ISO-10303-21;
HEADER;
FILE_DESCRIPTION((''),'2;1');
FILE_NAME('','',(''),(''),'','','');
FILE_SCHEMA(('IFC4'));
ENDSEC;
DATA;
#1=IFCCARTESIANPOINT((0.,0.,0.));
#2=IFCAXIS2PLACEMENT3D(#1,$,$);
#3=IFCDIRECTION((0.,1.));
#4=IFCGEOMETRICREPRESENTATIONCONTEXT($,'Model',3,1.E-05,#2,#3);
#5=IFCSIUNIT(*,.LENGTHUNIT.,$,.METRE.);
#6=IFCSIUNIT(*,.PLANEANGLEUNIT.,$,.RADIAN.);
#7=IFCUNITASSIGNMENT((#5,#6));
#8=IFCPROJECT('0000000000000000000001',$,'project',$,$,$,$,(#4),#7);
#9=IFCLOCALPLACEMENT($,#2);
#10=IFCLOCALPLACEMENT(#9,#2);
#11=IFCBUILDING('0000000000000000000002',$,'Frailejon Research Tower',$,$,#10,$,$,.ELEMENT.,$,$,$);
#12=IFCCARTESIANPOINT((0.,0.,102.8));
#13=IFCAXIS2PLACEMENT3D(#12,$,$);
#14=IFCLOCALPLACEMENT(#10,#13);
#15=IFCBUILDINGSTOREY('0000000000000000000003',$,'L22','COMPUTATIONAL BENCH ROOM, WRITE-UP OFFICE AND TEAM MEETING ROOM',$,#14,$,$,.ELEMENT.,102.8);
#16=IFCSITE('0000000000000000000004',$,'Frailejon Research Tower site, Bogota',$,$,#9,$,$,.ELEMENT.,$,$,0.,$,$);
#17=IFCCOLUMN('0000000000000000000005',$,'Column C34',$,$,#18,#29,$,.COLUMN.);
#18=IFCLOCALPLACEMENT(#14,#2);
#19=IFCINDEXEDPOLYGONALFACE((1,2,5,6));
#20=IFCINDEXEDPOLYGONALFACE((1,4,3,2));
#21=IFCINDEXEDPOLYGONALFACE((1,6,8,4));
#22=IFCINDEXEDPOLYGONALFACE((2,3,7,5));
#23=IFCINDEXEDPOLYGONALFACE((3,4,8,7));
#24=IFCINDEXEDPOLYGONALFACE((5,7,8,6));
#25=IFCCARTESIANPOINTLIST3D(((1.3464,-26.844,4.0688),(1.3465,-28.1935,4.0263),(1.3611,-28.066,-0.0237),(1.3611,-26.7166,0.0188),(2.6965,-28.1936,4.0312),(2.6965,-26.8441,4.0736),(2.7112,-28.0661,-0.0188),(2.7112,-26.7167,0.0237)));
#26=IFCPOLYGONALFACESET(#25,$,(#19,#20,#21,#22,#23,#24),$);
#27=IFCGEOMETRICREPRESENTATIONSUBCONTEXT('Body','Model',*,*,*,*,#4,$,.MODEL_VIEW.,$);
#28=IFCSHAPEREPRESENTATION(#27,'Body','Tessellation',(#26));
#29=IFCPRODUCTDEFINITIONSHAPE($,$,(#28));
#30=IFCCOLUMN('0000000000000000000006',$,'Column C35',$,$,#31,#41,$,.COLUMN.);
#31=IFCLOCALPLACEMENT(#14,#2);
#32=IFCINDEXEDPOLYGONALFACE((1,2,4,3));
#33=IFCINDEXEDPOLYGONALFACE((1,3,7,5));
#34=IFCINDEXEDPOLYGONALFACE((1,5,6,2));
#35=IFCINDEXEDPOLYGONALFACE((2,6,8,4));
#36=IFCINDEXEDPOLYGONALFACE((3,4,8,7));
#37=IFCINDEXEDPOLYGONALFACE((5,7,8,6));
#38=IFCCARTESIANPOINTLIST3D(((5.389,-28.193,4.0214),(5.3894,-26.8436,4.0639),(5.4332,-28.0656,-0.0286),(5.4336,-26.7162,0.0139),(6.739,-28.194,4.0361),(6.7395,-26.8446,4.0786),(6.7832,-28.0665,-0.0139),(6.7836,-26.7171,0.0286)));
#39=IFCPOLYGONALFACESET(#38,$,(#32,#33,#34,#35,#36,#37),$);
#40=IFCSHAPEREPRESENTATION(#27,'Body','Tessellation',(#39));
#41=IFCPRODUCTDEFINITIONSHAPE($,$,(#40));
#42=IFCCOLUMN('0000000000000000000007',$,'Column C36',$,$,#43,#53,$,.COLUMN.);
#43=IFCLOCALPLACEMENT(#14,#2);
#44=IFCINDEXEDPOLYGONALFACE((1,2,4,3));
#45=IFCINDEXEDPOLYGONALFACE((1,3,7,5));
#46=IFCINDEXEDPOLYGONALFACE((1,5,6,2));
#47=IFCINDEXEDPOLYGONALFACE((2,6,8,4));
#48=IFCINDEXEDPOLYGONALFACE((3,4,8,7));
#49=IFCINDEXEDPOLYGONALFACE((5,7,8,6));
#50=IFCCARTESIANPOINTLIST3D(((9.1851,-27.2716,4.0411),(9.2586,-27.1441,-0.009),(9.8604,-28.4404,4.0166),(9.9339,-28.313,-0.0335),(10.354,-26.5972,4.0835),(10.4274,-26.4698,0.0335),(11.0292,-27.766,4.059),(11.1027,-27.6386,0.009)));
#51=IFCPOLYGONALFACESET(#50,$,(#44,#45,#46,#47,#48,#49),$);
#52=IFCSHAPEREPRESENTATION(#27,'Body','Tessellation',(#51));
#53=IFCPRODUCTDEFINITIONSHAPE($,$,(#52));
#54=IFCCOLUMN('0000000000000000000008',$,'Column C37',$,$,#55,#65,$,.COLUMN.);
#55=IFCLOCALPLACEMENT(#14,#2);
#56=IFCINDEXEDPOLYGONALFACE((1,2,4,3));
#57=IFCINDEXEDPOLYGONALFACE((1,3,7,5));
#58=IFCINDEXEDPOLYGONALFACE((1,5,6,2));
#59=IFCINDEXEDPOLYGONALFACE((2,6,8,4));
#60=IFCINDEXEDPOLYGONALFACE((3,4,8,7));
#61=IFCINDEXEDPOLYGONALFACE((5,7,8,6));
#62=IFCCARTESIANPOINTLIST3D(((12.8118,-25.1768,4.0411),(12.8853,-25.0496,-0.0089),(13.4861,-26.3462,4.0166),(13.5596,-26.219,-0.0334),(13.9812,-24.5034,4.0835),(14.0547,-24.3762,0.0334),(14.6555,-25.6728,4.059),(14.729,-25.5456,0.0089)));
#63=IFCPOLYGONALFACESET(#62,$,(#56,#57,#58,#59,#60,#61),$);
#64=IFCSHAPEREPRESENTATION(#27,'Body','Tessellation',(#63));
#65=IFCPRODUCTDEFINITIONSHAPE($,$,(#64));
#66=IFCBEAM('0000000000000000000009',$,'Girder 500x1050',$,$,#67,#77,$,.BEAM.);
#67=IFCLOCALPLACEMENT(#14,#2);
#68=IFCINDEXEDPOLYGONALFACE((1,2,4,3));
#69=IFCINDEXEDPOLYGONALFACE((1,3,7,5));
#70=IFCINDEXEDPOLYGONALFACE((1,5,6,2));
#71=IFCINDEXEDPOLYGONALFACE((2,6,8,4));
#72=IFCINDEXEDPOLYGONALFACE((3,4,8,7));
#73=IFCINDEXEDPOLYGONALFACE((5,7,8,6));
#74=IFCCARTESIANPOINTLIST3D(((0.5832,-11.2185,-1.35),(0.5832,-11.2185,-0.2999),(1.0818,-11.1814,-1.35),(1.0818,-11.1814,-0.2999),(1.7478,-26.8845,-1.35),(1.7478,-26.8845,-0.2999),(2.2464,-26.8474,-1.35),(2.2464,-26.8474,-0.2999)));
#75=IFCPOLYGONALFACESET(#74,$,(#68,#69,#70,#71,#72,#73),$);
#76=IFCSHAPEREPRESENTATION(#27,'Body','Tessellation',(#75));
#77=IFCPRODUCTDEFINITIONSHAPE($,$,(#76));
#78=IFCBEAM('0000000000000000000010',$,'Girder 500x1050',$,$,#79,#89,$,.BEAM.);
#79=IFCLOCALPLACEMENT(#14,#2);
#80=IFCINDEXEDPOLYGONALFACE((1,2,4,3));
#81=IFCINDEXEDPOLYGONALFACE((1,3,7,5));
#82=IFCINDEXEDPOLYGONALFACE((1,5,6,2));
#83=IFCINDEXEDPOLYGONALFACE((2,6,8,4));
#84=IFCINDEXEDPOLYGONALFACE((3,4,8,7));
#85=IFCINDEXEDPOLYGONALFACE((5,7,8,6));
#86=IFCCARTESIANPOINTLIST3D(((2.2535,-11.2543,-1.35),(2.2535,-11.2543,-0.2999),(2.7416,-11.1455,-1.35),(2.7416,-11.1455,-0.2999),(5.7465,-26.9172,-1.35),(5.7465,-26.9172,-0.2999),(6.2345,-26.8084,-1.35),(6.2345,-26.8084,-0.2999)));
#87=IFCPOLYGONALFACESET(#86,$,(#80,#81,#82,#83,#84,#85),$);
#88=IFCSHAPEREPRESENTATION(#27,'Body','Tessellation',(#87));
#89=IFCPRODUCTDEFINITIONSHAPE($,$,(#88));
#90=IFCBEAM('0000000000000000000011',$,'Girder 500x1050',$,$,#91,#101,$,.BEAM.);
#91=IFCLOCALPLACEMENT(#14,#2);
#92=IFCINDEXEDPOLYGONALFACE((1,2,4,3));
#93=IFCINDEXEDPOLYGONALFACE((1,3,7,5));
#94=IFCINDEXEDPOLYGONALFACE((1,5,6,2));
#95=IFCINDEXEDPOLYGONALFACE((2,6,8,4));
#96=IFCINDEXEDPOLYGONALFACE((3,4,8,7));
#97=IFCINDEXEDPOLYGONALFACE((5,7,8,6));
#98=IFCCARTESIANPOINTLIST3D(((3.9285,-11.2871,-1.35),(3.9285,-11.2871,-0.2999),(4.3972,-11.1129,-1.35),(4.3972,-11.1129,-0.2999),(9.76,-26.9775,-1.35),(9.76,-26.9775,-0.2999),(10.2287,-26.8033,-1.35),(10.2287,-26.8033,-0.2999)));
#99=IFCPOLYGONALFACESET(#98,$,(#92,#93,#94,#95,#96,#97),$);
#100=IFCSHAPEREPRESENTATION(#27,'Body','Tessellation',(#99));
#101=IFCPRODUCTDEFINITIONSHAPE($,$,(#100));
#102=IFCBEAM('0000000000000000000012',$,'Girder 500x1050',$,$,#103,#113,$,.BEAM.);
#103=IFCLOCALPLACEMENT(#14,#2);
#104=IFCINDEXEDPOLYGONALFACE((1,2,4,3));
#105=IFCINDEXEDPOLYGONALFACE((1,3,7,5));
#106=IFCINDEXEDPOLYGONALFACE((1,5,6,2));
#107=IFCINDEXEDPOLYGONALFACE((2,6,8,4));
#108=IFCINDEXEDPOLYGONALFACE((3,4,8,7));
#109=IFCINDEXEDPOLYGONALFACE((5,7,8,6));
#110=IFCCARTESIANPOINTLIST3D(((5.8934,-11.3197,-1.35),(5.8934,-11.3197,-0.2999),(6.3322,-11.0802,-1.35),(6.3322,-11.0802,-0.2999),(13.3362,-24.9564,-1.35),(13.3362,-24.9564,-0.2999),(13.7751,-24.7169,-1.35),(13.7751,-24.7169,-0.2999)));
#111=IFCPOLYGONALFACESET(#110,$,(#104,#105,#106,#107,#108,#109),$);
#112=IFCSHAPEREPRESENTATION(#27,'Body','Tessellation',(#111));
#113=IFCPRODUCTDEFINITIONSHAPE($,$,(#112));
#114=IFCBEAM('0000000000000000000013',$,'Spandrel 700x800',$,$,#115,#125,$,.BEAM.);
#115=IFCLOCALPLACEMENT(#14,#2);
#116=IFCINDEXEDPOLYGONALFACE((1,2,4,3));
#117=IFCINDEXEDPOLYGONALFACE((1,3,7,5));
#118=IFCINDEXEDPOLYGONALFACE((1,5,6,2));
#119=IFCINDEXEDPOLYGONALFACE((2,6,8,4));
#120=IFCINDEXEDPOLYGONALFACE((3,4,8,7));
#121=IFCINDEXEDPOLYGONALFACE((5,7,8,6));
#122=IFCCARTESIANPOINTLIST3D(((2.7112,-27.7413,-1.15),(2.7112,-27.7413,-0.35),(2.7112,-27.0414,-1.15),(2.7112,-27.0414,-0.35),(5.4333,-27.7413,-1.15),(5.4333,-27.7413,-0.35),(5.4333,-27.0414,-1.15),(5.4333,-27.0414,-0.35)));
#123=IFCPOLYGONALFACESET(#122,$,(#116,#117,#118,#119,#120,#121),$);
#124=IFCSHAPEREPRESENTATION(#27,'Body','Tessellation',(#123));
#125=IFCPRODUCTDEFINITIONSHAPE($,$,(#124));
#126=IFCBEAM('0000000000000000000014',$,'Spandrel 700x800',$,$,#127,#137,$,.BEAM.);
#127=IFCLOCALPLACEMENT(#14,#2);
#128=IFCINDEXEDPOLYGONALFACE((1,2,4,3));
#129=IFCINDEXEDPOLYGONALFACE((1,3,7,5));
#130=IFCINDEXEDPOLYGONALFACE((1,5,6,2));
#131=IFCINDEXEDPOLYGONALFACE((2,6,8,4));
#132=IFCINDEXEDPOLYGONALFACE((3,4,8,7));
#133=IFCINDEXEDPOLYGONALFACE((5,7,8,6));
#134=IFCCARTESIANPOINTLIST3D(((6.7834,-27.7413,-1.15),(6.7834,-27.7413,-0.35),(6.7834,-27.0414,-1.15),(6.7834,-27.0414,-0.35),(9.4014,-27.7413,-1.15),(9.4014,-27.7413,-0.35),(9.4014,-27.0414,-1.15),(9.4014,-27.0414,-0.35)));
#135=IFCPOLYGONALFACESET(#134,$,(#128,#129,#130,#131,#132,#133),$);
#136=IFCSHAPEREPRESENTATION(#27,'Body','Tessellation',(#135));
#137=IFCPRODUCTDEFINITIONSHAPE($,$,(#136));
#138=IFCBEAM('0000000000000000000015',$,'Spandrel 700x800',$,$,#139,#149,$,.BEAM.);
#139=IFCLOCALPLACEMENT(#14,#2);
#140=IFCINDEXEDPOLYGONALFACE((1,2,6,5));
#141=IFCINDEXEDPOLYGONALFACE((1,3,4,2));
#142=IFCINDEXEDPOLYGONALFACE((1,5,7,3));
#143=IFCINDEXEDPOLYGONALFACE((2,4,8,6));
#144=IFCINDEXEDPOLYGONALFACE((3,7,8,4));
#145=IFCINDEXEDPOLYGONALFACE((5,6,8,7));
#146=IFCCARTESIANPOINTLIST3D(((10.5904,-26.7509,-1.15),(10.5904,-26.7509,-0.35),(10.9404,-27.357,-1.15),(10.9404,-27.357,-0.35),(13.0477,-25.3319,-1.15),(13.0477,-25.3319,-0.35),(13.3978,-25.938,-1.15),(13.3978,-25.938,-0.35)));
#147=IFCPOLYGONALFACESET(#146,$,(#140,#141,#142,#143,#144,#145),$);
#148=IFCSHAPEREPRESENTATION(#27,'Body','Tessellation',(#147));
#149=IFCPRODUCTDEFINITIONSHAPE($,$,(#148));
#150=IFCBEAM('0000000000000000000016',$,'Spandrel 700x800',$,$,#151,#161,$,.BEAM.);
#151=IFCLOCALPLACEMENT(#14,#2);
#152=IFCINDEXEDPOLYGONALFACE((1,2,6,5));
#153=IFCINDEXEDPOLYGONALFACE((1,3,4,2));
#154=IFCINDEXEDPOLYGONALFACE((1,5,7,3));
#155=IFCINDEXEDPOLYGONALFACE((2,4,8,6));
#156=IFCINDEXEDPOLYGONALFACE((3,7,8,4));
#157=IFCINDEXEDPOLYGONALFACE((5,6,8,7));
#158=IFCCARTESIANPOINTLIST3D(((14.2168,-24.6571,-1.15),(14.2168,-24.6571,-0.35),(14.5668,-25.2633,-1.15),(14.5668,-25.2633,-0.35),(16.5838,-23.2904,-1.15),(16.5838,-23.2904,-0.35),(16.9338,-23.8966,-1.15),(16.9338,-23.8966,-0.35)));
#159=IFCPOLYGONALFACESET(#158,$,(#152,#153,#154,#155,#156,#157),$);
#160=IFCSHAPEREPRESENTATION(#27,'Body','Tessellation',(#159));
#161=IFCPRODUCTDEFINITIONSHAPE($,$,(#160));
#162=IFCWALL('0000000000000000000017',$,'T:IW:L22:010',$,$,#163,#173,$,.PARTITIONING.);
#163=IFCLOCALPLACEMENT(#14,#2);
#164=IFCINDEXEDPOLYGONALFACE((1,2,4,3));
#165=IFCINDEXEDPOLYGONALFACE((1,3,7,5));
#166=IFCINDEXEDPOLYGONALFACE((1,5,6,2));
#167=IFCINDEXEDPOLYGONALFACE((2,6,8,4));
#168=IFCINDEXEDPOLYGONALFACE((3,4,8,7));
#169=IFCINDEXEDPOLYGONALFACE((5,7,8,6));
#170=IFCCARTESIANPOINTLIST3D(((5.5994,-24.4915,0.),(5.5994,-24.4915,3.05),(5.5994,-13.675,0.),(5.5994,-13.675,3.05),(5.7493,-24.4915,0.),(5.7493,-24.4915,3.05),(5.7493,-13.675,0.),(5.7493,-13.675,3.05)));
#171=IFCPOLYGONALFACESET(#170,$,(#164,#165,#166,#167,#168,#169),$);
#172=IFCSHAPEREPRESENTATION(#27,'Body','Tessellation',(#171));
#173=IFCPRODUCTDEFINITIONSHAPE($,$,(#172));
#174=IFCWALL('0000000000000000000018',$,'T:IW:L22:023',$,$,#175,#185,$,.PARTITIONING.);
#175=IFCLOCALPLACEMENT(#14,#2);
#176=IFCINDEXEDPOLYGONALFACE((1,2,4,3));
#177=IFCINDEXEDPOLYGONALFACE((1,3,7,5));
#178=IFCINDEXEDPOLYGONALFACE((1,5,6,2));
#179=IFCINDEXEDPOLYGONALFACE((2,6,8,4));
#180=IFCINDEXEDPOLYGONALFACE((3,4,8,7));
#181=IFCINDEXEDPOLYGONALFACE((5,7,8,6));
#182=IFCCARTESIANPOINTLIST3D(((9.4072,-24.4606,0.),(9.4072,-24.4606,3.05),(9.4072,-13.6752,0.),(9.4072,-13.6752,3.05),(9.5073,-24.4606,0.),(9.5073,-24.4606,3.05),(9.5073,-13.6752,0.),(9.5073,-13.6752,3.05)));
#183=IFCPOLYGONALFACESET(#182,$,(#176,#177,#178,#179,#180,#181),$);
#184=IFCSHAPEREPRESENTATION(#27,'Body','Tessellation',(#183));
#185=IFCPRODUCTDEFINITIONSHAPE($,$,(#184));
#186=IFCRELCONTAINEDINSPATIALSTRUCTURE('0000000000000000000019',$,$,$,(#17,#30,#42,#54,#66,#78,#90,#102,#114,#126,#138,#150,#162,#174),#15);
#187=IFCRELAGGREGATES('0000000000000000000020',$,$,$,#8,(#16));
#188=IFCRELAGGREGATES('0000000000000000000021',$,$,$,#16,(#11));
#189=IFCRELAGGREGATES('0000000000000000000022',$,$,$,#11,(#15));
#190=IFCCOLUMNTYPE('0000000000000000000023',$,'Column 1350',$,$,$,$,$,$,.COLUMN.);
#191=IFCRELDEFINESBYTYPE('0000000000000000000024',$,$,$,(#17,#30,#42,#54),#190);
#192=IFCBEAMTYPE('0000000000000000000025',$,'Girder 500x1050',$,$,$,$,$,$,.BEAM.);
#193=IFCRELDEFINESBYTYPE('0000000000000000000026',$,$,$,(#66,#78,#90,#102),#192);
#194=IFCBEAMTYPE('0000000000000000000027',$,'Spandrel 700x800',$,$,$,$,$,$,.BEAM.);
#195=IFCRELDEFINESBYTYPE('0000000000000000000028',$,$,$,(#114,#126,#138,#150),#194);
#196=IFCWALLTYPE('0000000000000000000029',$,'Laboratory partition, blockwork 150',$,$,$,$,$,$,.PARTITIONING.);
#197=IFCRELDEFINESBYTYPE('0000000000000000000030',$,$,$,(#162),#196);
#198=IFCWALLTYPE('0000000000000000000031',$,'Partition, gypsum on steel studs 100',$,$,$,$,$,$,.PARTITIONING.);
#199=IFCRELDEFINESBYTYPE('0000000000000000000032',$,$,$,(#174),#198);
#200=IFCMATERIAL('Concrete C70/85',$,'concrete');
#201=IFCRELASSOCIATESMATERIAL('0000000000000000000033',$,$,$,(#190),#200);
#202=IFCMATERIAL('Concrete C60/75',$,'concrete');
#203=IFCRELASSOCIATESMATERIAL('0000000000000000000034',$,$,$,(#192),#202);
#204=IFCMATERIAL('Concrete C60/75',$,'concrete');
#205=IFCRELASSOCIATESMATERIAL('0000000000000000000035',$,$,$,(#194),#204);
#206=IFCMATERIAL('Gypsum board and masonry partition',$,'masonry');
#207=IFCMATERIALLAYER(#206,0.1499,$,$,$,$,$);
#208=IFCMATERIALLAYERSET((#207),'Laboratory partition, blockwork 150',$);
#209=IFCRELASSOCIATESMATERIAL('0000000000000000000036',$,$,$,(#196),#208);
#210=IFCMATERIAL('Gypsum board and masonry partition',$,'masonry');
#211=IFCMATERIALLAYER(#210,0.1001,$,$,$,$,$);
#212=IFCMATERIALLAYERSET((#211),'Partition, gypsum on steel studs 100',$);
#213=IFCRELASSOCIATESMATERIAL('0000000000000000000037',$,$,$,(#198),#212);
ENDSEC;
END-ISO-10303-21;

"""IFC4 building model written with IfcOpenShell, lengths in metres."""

from ifc_helpers import new_model, si_unit, direction, frame, frame_2d, origin, origin_2d, place, context, subcontext, project, spatial, rectangle, extrude, material, layer, layer_set, material_profile, profile_set, type_object, element, save


model = new_model("IFC4")

# Units and contexts
model_context = context("Model", 3, precision=1e-05, world=origin(), true_north=direction((0.0, 1.0)))
body_context = subcontext(model_context, "Body", "Model", "MODEL_VIEW")
ifc_project = project(units=[si_unit("LENGTHUNIT", "METRE"), si_unit("PLANEANGLEUNIT", "RADIAN")], contexts=[model_context])

# Site, building, storey
site_placement = place(None, origin())
site = spatial("IfcSite", under=ifc_project, at=site_placement, Name="Frailejon Research Tower site, Bogota", CompositionType="ELEMENT", RefElevation=0.0)
building_placement = place(site_placement, origin())
building = spatial("IfcBuilding", under=site, at=building_placement, Name="Frailejon Research Tower", CompositionType="ELEMENT")
storey_placement = place(building_placement, frame((0.0, 0.0, 102.8)))
storey = spatial("IfcBuildingStorey", under=building, at=storey_placement, Name="L22", Description="COMPUTATIONAL BENCH ROOM, WRITE-UP OFFICE AND TEAM MEETING ROOM", CompositionType="ELEMENT", Elevation=102.8)

# Columns
ifc_material_1 = material(Name="Concrete C70/85", Category="concrete")
ifc_material_profile_1 = material_profile(ifc_material_1, rectangle(XDim=1.3501, YDim=1.3501, at=origin_2d()), Name="Column 1350")
ifc_profile_set_1 = profile_set([ifc_material_profile_1], Name="Concrete C70/85")
column_type = type_object("IfcColumnType", Name="Column 1350", PredefinedType="COLUMN", material=ifc_profile_set_1)
column_1_placement = place(storey_placement, frame((2.0361, -27.3914, 0.0), z_axis=(-0.003615, -0.031451, 0.999499), x_axis=(0.999993, -0.000089, 0.003614)))
element("IfcColumn", 1, at=column_1_placement, inside=storey, type_object=column_type, Name="Column C34", PredefinedType="COLUMN", context=body_context, shape_type="SweptSolid", body=[
    extrude(rectangle(XDim=1.3501, YDim=1.3501, at=origin_2d()), origin(), (0.0, 0.0, 1.0), 4.052),
])
column_2_placement = place(storey_placement, frame((6.1084, -27.3914, 0.0), z_axis=(-0.010905, -0.031449, 0.999446), x_axis=(0.99994, -0.000694, 0.010888)))
element("IfcColumn", 2, at=column_2_placement, inside=storey, type_object=column_type, Name="Column C35", PredefinedType="COLUMN", context=body_context, shape_type="SweptSolid", body=[
    extrude(rectangle(XDim=1.3501, YDim=1.3501, at=origin_2d()), origin(), (0.0, 0.0, 1.0), 4.0522),
])
for number, where, z_axis, x_axis, name in (
    (3, (10.1807, -27.3914, 0.0), (-0.018133, -0.031446, 0.999341), (0.865741, 0.499505, 0.031426), "Column C36"),
    (4, (13.8071, -25.2976, 0.0), (-0.018133, -0.031386, 0.999343), (0.866156, 0.498787, 0.031381), "Column C37"),
):
    element("IfcColumn", number, at=place(storey_placement, frame(where, z_axis=z_axis, x_axis=x_axis)), inside=storey, type_object=column_type, Name=name, PredefinedType="COLUMN", context=body_context, shape_type="SweptSolid", body=[
        extrude(rectangle(XDim=1.3501, YDim=1.3501, at=origin_2d()), origin(), (0.0, 0.0, 1.0), 4.0527),
    ])

# Beams
ifc_material_2 = material(Name="Concrete C60/75", Category="concrete")
ifc_material_profile_2 = material_profile(ifc_material_2, rectangle(XDim=0.5, YDim=1.05, at=origin_2d()), Name="Girder 500x1050")
ifc_profile_set_2 = profile_set([ifc_material_profile_2], Name="Concrete C60/75")
beam_type_1 = type_object("IfcBeamType", Name="Girder 500x1050", PredefinedType="BEAM", material=ifc_profile_set_2)
beam_1_placement = place(storey_placement, frame((1.9971, -26.866, -0.825), z_axis=(-0.074132, 0.997248, 0.0), x_axis=(-0.997248, -0.074132, 0.0)))
element("IfcBeam", 5, at=beam_1_placement, inside=storey, type_object=beam_type_1, Name="Girder 500x1050", PredefinedType="BEAM", context=body_context, shape_type="SweptSolid", body=[
    extrude(rectangle(XDim=0.5, YDim=1.05, at=origin_2d()), origin(), (0.0, 0.0, 1.0), 15.7092),
])
beam_2_placement = place(storey_placement, frame((5.9905, -26.8628, -0.825), z_axis=(-0.21766, 0.976025, 0.0), x_axis=(-0.976025, -0.21766, 0.0)))
element("IfcBeam", 6, at=beam_2_placement, inside=storey, type_object=beam_type_1, Name="Girder 500x1050", PredefinedType="BEAM", context=body_context, shape_type="SweptSolid", body=[
    extrude(rectangle(XDim=0.5, YDim=1.05, at=origin_2d()), origin(), (0.0, 0.0, 1.0), 16.0476),
])
beam_3_placement = place(storey_placement, frame((9.9944, -26.8904, -0.825), z_axis=(-0.348379, 0.937354, 0.0), x_axis=(-0.937354, -0.348379, 0.0)))
element("IfcBeam", 7, at=beam_3_placement, inside=storey, type_object=beam_type_1, Name="Girder 500x1050", PredefinedType="BEAM", context=body_context, shape_type="SweptSolid", body=[
    extrude(rectangle(XDim=0.5, YDim=1.05, at=origin_2d()), origin(), (0.0, 0.0, 1.0), 16.739),
])
beam_4_placement = place(storey_placement, frame((13.5557, -24.8367, -0.825), z_axis=(-0.479083, 0.877769, 0.0), x_axis=(-0.877769, -0.479083, 0.0)))
element("IfcBeam", 8, at=beam_4_placement, inside=storey, type_object=beam_type_1, Name="Girder 500x1050", PredefinedType="BEAM", context=body_context, shape_type="SweptSolid", body=[
    extrude(rectangle(XDim=0.5, YDim=1.05, at=origin_2d()), origin(), (0.0, 0.0, 1.0), 15.5356),
])
ifc_material_3 = material(Name="Concrete C60/75", Category="concrete")
ifc_material_profile_3 = material_profile(ifc_material_3, rectangle(XDim=0.7, YDim=0.8, at=origin_2d()), Name="Spandrel 700x800")
ifc_profile_set_3 = profile_set([ifc_material_profile_3], Name="Concrete C60/75")
beam_type_2 = type_object("IfcBeamType", Name="Spandrel 700x800", PredefinedType="BEAM", material=ifc_profile_set_3)
beam_5_placement = place(storey_placement, frame((2.7112, -27.3914, -0.75), z_axis=(1.0, 0.0, 0.0), x_axis=(0.0, 1.0, 0.0)))
element("IfcBeam", 9, at=beam_5_placement, inside=storey, type_object=beam_type_2, Name="Spandrel 700x800", PredefinedType="BEAM", context=body_context, shape_type="SweptSolid", body=[
    extrude(rectangle(XDim=0.7, YDim=0.8, at=origin_2d()), origin(), (0.0, 0.0, 1.0), 2.7222),
])
beam_6_placement = place(storey_placement, frame((6.7834, -27.3914, -0.75), z_axis=(1.0, 0.0, 0.0), x_axis=(0.0, 1.0, 0.0)))
element("IfcBeam", 10, at=beam_6_placement, inside=storey, type_object=beam_type_2, Name="Spandrel 700x800", PredefinedType="BEAM", context=body_context, shape_type="SweptSolid", body=[
    extrude(rectangle(XDim=0.7, YDim=0.8, at=origin_2d()), origin(), (0.0, 0.0, 1.0), 2.6179),
])
beam_7_placement = place(storey_placement, frame((10.7654, -27.054, -0.75), z_axis=(0.865989, 0.500063, 0.0), x_axis=(-0.500063, 0.865989, 0.0)))
element("IfcBeam", 11, at=beam_7_placement, inside=storey, type_object=beam_type_2, Name="Spandrel 700x800", PredefinedType="BEAM", context=body_context, shape_type="SweptSolid", body=[
    extrude(rectangle(XDim=0.7, YDim=0.8, at=origin_2d()), origin(), (0.0, 0.0, 1.0), 2.8376),
])
beam_8_placement = place(storey_placement, frame((14.3918, -24.9602, -0.75), z_axis=(0.866003, 0.500039, 0.0), x_axis=(-0.500039, 0.866003, 0.0)))
element("IfcBeam", 12, at=beam_8_placement, inside=storey, type_object=beam_type_2, Name="Spandrel 700x800", PredefinedType="BEAM", context=body_context, shape_type="SweptSolid", body=[
    extrude(rectangle(XDim=0.7, YDim=0.8, at=origin_2d()), origin(), (0.0, 0.0, 1.0), 2.7332),
])

# Walls
ifc_material_4 = material(Name="Gypsum board and masonry partition", Category="masonry")
ifc_layer_1 = layer(ifc_material_4, 0.1499)
ifc_layer_set_1 = layer_set([ifc_layer_1], Name="Laboratory partition, blockwork 150")
wall_type_1 = type_object("IfcWallType", Name="Laboratory partition, blockwork 150", PredefinedType="PARTITIONING", material=ifc_layer_set_1)
wall_1_placement = place(storey_placement, frame((5.6743, -24.4915, 0.0), z_axis=(0.0, 0.0, 1.0), x_axis=(0.0, 1.0, 0.0)))
element("IfcWall", 13, at=wall_1_placement, inside=storey, type_object=wall_type_1, Name="T:IW:L22:010", PredefinedType="PARTITIONING", context=body_context, shape_type="SweptSolid", body=[
    extrude(rectangle(XDim=10.8164, YDim=0.1499, at=frame_2d((5.4082, 0.0))), origin(), (0.0, 0.0, 1.0), 3.05),
])
ifc_material_5 = material(Name="Gypsum board and masonry partition", Category="masonry")
ifc_layer_2 = layer(ifc_material_5, 0.1001)
ifc_layer_set_2 = layer_set([ifc_layer_2], Name="Partition, gypsum on steel studs 100")
wall_type_2 = type_object("IfcWallType", Name="Partition, gypsum on steel studs 100", PredefinedType="PARTITIONING", material=ifc_layer_set_2)
wall_2_placement = place(storey_placement, frame((9.4573, -24.4604, 0.0), z_axis=(0.0, 0.0, 1.0), x_axis=(0.0, 1.0, 0.0)))
element("IfcWall", 14, at=wall_2_placement, inside=storey, type_object=wall_type_2, Name="T:IW:L22:023", PredefinedType="PARTITIONING", context=body_context, shape_type="SweptSolid", body=[
    extrude(rectangle(XDim=10.7854, YDim=0.1001, at=frame_2d((5.3926, 0.0))), origin(), (0.0, 0.0, 1.0), 3.05),
])

save(model, "model.ifc")
